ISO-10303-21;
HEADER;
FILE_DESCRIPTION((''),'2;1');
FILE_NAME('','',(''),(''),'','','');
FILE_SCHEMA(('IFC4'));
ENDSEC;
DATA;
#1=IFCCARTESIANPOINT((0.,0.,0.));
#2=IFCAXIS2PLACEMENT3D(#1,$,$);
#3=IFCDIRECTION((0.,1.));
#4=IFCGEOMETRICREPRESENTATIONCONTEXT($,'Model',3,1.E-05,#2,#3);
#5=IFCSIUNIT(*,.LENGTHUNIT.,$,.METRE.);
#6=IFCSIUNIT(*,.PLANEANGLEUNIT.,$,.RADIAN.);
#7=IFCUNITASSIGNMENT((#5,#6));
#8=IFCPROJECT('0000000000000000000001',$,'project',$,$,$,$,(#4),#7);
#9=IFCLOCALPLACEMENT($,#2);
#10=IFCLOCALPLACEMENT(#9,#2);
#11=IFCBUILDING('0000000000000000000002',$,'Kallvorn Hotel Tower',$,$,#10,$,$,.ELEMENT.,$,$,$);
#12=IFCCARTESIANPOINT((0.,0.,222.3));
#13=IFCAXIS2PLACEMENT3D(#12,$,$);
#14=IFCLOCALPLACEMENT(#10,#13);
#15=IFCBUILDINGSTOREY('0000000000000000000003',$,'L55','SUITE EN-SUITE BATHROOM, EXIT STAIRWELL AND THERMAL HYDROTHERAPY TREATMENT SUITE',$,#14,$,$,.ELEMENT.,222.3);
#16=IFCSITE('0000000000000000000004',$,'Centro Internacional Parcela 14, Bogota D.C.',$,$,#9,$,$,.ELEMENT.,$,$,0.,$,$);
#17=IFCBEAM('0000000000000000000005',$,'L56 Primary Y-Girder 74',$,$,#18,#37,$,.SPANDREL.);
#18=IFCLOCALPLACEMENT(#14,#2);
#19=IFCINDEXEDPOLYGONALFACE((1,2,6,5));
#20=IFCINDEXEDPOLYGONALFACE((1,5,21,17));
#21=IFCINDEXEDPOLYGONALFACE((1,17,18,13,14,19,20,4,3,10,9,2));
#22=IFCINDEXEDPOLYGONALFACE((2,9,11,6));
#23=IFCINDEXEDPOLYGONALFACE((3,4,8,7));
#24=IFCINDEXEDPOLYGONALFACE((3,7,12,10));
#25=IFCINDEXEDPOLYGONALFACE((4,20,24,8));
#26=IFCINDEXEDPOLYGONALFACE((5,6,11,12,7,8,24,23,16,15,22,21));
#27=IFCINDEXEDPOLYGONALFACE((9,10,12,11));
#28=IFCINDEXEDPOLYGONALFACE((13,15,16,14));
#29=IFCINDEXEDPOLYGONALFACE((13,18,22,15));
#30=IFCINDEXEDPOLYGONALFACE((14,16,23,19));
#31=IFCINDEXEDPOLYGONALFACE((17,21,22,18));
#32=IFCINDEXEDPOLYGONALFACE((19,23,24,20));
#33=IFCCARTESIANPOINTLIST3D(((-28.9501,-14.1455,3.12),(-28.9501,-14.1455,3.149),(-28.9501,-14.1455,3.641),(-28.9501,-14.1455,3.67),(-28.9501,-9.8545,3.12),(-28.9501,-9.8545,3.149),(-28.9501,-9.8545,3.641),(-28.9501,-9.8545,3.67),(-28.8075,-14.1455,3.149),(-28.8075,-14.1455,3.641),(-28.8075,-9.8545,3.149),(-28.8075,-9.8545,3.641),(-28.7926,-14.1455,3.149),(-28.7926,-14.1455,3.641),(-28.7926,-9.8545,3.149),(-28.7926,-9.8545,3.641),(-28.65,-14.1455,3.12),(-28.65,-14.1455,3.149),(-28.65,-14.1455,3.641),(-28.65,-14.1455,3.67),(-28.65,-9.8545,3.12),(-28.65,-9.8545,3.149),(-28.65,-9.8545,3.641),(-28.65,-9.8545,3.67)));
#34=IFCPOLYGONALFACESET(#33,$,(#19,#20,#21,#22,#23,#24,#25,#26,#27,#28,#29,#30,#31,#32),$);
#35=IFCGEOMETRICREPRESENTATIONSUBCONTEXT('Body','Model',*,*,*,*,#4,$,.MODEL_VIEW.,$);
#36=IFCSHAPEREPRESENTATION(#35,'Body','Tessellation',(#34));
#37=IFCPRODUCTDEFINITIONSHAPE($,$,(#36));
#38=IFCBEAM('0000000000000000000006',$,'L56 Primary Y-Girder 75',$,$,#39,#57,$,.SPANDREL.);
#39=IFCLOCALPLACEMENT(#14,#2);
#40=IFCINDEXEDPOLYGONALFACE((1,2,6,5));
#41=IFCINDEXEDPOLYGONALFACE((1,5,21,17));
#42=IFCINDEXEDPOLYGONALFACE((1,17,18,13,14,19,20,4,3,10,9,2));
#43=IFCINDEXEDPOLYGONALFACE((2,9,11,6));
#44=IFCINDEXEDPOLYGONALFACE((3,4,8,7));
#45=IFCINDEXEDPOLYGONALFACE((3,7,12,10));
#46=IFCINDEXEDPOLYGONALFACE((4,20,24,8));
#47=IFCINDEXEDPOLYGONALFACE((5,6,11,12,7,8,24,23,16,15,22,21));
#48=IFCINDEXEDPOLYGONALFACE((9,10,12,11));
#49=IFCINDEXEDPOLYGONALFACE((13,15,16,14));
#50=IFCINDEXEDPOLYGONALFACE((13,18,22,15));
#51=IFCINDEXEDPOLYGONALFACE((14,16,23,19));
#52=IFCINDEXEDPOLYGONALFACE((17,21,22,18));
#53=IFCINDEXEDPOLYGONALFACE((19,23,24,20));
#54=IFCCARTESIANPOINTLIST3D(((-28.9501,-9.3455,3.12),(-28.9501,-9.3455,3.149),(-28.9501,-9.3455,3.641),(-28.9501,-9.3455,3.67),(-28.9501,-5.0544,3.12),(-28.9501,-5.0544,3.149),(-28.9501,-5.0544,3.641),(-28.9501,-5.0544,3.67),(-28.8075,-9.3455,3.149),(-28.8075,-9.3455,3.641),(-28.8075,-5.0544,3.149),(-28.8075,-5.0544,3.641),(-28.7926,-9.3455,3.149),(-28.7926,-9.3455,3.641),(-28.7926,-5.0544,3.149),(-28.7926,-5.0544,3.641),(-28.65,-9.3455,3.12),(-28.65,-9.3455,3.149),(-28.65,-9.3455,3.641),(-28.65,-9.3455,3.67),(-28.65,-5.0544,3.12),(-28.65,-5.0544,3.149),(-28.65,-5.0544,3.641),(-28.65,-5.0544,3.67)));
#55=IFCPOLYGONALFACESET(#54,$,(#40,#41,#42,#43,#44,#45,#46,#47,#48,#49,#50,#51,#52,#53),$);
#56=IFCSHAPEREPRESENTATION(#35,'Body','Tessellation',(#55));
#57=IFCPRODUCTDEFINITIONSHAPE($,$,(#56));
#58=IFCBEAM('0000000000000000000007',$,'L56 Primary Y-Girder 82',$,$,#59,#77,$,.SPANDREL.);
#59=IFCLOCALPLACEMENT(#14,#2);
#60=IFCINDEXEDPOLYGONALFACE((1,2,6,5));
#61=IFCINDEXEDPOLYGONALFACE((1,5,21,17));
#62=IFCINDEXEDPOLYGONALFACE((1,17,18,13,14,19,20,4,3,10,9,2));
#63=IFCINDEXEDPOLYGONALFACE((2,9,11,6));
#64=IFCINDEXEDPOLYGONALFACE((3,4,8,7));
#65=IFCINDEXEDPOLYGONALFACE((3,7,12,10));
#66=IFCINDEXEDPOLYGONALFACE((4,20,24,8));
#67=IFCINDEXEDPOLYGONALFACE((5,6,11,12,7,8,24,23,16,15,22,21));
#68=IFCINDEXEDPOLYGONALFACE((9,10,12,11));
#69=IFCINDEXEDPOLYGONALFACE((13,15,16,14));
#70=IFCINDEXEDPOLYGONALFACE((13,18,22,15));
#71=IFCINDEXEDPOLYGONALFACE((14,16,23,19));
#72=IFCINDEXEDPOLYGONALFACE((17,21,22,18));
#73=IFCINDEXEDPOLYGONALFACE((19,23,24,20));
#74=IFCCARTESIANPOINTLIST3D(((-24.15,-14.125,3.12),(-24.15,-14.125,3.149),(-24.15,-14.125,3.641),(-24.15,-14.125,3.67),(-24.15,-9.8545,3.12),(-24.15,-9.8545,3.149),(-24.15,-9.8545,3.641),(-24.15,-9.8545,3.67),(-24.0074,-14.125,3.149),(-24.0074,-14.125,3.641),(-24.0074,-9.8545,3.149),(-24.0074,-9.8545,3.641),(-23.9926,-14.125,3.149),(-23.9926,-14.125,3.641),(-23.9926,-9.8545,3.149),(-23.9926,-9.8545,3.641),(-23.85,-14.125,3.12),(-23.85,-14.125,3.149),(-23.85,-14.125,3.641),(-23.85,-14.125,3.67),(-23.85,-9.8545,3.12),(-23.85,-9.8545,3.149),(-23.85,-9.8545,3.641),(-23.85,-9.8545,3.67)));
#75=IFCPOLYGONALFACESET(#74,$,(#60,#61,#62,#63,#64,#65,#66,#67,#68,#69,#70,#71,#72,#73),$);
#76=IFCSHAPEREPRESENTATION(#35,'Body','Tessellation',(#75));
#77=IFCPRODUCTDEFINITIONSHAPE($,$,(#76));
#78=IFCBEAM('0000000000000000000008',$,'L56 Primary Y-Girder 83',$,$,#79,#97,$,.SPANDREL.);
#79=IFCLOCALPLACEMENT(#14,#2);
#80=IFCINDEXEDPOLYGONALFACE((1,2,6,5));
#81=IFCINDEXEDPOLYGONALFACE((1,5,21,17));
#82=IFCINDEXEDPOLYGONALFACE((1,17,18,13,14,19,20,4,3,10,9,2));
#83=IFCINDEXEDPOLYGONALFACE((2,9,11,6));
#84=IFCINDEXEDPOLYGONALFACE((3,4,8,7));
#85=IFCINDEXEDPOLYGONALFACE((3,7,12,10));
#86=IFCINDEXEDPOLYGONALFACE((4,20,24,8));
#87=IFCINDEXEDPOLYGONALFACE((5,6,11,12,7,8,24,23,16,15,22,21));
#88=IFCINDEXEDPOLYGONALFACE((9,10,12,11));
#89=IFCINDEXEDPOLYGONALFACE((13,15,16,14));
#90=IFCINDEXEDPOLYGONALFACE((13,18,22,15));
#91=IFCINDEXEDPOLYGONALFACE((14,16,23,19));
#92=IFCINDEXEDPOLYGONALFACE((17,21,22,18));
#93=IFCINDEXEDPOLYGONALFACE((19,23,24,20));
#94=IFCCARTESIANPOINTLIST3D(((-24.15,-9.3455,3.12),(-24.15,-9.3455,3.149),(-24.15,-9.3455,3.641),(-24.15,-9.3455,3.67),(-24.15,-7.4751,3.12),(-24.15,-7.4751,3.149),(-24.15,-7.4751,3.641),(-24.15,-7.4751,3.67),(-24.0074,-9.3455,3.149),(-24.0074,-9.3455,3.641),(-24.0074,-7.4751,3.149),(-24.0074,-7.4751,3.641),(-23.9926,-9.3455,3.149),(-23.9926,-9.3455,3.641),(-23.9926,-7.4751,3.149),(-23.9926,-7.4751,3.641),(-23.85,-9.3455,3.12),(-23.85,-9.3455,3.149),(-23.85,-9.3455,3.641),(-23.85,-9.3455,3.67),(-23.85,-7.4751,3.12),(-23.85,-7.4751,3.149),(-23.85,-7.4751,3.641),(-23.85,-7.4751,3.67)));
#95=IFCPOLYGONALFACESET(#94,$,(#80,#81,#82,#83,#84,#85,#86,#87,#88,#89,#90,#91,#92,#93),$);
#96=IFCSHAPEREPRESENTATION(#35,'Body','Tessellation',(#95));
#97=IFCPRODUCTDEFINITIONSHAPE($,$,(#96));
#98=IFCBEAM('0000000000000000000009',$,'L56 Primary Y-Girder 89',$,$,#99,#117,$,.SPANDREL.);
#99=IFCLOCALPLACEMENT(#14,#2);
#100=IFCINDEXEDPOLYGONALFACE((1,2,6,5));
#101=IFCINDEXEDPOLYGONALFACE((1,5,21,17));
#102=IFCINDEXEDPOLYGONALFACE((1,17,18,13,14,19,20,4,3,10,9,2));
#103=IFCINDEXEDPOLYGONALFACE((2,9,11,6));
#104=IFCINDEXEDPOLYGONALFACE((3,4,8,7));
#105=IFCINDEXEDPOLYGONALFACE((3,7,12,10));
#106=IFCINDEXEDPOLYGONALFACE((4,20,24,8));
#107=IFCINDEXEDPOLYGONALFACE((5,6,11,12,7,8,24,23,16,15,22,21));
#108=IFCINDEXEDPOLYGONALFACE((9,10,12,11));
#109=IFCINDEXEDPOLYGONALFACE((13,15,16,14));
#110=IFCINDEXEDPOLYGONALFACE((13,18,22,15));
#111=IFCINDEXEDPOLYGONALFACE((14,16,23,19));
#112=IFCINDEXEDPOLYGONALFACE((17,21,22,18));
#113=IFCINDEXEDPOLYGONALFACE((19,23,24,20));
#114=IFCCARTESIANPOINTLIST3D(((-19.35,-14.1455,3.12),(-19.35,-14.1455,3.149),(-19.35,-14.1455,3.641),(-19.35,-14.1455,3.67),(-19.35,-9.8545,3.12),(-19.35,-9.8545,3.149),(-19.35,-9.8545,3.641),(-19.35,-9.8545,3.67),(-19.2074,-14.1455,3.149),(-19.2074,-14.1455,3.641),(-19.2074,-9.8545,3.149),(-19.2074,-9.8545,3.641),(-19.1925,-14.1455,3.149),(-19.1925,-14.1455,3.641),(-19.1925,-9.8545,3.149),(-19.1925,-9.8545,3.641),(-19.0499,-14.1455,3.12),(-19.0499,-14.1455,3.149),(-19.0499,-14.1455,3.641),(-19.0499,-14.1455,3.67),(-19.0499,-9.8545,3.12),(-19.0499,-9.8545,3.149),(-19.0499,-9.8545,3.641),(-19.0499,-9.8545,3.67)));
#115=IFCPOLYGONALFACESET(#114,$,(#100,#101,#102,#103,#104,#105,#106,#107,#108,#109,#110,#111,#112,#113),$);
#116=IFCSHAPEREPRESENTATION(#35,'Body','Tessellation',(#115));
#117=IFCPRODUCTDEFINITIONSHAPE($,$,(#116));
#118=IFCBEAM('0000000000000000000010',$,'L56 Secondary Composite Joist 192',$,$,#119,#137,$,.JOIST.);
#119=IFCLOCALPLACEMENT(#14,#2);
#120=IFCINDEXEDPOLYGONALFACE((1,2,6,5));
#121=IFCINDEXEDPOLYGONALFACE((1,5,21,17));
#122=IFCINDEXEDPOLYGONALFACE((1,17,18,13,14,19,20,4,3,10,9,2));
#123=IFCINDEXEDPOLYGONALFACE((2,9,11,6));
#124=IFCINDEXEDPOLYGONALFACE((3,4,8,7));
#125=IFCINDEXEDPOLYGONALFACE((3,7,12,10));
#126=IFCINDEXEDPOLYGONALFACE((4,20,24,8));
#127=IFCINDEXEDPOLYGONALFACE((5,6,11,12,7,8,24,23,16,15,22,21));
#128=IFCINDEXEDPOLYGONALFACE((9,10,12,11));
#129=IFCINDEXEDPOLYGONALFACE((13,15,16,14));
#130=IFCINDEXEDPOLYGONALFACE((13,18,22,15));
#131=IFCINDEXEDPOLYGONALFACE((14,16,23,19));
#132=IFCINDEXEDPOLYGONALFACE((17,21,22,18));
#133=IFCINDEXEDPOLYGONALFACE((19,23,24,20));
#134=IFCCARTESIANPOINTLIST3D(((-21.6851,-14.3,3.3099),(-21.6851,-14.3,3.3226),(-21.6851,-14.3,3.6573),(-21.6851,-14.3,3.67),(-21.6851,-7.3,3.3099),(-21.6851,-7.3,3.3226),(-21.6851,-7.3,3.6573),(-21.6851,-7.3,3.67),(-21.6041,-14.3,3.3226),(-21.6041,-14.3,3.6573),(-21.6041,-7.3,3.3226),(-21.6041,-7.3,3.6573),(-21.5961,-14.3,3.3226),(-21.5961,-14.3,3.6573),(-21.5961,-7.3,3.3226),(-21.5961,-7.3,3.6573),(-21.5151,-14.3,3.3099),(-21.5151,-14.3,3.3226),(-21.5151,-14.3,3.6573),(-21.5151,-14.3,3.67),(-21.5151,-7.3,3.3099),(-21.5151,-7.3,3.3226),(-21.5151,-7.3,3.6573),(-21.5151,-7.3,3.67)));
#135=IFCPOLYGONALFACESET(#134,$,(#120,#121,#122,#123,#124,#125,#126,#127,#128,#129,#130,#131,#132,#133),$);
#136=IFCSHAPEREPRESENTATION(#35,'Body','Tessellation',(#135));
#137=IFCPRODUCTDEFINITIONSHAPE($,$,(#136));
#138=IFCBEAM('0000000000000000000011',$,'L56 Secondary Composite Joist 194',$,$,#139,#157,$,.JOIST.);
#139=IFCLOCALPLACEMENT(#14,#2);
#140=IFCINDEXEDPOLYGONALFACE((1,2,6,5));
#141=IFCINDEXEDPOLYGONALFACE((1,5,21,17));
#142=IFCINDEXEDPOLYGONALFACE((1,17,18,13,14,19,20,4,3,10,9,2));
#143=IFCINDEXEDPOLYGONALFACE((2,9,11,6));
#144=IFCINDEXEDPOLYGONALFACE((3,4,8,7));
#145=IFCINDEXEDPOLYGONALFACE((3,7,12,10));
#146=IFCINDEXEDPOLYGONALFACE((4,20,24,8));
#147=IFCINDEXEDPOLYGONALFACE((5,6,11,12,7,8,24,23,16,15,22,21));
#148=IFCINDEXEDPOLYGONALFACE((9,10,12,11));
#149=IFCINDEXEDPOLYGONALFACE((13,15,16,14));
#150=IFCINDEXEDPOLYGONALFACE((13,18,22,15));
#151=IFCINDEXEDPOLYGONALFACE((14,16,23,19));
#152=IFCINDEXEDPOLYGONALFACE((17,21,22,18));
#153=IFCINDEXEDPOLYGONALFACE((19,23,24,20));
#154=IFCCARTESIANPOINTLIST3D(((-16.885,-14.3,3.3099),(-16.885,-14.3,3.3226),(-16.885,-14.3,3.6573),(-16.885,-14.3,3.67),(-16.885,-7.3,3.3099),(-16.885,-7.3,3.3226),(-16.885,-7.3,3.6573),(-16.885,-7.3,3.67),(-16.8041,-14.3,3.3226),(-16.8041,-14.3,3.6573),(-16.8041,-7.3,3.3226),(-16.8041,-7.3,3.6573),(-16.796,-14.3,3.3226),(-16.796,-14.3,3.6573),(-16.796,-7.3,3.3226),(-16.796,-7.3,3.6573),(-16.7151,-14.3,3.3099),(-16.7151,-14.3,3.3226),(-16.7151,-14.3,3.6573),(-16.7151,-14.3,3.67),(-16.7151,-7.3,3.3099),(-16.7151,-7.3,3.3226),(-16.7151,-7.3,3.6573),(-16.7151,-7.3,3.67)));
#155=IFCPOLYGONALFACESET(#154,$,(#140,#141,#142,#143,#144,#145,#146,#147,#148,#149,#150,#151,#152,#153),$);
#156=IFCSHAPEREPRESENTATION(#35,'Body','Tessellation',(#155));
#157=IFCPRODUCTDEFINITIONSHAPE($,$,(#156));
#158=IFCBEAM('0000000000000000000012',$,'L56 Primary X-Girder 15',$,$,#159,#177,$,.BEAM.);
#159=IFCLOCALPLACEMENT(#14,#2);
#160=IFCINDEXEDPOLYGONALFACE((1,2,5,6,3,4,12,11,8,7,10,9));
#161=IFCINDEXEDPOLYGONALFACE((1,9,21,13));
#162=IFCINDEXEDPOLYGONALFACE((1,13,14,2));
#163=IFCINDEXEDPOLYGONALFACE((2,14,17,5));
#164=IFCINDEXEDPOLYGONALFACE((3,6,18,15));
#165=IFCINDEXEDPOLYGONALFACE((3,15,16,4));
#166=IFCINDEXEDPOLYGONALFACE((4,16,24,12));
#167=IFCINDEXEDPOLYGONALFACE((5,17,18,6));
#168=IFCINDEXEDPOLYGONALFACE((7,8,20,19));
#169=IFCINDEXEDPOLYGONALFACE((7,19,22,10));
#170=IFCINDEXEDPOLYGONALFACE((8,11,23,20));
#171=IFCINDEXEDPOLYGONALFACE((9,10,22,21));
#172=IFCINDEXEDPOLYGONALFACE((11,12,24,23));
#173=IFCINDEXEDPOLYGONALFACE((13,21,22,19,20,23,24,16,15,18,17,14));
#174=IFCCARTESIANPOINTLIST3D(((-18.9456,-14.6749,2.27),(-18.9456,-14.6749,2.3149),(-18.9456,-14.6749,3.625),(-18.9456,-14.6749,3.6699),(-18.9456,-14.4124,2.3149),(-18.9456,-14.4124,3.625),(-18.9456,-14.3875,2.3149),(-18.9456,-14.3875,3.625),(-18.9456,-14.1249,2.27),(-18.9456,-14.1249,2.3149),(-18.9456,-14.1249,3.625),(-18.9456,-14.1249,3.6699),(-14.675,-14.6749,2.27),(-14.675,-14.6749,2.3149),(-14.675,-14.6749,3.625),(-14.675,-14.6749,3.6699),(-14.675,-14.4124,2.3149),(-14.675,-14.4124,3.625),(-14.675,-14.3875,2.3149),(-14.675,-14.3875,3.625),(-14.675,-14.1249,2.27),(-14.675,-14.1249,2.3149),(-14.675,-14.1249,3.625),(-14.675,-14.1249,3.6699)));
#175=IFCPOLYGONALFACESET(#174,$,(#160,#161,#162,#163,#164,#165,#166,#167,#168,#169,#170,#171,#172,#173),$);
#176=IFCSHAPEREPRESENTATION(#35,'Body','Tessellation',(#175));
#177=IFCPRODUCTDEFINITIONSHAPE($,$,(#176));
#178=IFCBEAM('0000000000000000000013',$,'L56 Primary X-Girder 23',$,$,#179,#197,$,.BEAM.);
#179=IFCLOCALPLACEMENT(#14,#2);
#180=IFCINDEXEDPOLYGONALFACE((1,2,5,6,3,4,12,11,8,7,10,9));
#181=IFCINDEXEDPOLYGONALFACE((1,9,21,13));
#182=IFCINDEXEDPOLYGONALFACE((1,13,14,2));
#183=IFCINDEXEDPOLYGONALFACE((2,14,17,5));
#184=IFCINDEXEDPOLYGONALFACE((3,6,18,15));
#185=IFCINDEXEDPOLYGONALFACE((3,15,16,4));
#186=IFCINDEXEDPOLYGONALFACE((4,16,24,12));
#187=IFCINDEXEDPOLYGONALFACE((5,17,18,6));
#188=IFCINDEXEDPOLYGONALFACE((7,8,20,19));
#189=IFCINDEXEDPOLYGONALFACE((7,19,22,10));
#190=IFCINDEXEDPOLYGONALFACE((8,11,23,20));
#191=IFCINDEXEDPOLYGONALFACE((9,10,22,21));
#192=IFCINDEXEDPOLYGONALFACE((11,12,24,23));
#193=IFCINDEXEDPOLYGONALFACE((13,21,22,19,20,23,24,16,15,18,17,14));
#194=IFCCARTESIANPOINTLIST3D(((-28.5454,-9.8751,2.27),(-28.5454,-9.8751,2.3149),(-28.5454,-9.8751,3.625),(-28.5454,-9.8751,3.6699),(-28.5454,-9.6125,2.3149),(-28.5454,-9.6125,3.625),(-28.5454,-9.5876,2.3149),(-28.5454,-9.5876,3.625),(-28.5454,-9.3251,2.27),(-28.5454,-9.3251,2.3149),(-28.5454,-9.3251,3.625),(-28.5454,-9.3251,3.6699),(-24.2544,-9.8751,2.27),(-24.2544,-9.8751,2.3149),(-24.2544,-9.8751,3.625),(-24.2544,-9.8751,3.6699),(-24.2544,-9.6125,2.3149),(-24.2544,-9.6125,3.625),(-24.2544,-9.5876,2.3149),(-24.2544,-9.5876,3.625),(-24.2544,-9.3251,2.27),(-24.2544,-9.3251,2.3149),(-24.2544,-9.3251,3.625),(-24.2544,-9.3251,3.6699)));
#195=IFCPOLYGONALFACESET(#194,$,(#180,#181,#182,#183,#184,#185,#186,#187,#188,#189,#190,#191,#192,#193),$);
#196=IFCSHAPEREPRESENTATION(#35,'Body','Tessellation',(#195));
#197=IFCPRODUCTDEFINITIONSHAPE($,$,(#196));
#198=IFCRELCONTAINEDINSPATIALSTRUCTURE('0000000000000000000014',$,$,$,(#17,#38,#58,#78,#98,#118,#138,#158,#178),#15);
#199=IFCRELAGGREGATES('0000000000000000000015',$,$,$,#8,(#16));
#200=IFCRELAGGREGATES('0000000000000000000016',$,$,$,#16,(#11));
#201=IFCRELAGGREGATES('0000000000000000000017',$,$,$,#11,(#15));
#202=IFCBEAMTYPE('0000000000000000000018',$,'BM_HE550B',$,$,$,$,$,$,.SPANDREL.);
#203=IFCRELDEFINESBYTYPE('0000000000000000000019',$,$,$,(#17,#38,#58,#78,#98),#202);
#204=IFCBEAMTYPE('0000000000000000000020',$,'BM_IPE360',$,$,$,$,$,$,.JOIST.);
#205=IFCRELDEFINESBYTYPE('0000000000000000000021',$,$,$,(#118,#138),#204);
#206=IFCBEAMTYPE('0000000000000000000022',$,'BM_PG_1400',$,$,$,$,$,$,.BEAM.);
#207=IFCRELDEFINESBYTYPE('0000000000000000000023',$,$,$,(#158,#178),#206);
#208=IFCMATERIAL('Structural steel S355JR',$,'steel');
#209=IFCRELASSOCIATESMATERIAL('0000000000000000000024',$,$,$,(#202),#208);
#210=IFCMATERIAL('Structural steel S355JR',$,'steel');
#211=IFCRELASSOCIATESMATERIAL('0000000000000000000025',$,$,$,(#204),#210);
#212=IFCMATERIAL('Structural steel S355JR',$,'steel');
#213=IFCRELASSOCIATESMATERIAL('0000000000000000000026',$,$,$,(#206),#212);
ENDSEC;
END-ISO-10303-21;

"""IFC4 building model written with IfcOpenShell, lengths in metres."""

from ifc_helpers import new_model, si_unit, direction, frame, origin, origin_2d, place, context, subcontext, project, spatial, i_section, extrude, material, material_profile, profile_set, type_object, element, save


model = new_model("IFC4")

# Units and contexts
model_context = context("Model", 3, precision=1e-05, world=origin(), true_north=direction((0.0, 1.0)))
body_context = subcontext(model_context, "Body", "Model", "MODEL_VIEW")
ifc_project = project(units=[si_unit("LENGTHUNIT", "METRE"), si_unit("PLANEANGLEUNIT", "RADIAN")], contexts=[model_context])

# Site, building, storey
site_placement = place(None, origin())
site = spatial("IfcSite", under=ifc_project, at=site_placement, Name="Centro Internacional Parcela 14, Bogota D.C.", CompositionType="ELEMENT", RefElevation=0.0)
building_placement = place(site_placement, origin())
building = spatial("IfcBuilding", under=site, at=building_placement, Name="Kallvorn Hotel Tower", CompositionType="ELEMENT")
storey_placement = place(building_placement, frame((0.0, 0.0, 222.3)))
storey = spatial("IfcBuildingStorey", under=building, at=storey_placement, Name="L55", Description="SUITE EN-SUITE BATHROOM, EXIT STAIRWELL AND THERMAL HYDROTHERAPY TREATMENT SUITE", CompositionType="ELEMENT", Elevation=222.3)

# Beams
ifc_material_1 = material(Name="Structural steel S355JR", Category="steel")
ifc_material_profile_1 = material_profile(ifc_material_1, i_section(OverallWidth=0.3, OverallDepth=0.55, WebThickness=0.0149, FlangeThickness=0.0291, at=origin_2d()), Name="HE 550 B")
ifc_profile_set_1 = profile_set([ifc_material_profile_1], Name="Structural steel S355JR")
beam_type_1 = type_object("IfcBeamType", Name="BM_HE550B", PredefinedType="SPANDREL", material=ifc_profile_set_1)
for number, where, z_axis, x_axis, name in (
    (1, (-28.8, -14.1455, 3.395), (0.0, 1.0, 0.0), (-1.0, 0.0, 0.0), "L56 Primary Y-Girder 74"),
    (2, (-28.8, -9.3455, 3.395), (0.0, 1.0, 0.0), (-1.0, 0.0, 0.0), "L56 Primary Y-Girder 75"),
):
    element("IfcBeam", number, at=place(storey_placement, frame(where, z_axis=z_axis, x_axis=x_axis)), inside=storey, type_object=beam_type_1, Name=name, PredefinedType="SPANDREL", context=body_context, shape_type="SweptSolid", body=[
        extrude(i_section(OverallWidth=0.3, OverallDepth=0.55, WebThickness=0.0149, FlangeThickness=0.0291, at=origin_2d()), origin(), (0.0, 0.0, 1.0), 4.291),
    ])
beam_1_placement = place(storey_placement, frame((-24.0, -14.125, 3.395), z_axis=(0.0, 1.0, 0.0), x_axis=(-1.0, 0.0, 0.0)))
element("IfcBeam", 3, at=beam_1_placement, inside=storey, type_object=beam_type_1, Name="L56 Primary Y-Girder 82", PredefinedType="SPANDREL", context=body_context, shape_type="SweptSolid", body=[
    extrude(i_section(OverallWidth=0.3, OverallDepth=0.55, WebThickness=0.0149, FlangeThickness=0.0291, at=origin_2d()), origin(), (0.0, 0.0, 1.0), 4.2705),
])
beam_2_placement = place(storey_placement, frame((-24.0, -9.3455, 3.395), z_axis=(0.0, 1.0, 0.0), x_axis=(-1.0, 0.0, 0.0)))
element("IfcBeam", 4, at=beam_2_placement, inside=storey, type_object=beam_type_1, Name="L56 Primary Y-Girder 83", PredefinedType="SPANDREL", context=body_context, shape_type="SweptSolid", body=[
    extrude(i_section(OverallWidth=0.3, OverallDepth=0.55, WebThickness=0.0149, FlangeThickness=0.0291, at=origin_2d()), origin(), (0.0, 0.0, 1.0), 1.8704),
])
beam_3_placement = place(storey_placement, frame((-19.2, -14.1455, 3.395), z_axis=(0.0, 1.0, 0.0), x_axis=(-1.0, 0.0, 0.0)))
element("IfcBeam", 5, at=beam_3_placement, inside=storey, type_object=beam_type_1, Name="L56 Primary Y-Girder 89", PredefinedType="SPANDREL", context=body_context, shape_type="SweptSolid", body=[
    extrude(i_section(OverallWidth=0.3, OverallDepth=0.55, WebThickness=0.0149, FlangeThickness=0.0291, at=origin_2d()), origin(), (0.0, 0.0, 1.0), 4.291),
])
ifc_material_2 = material(Name="Structural steel S355JR", Category="steel")
ifc_material_profile_2 = material_profile(ifc_material_2, i_section(OverallWidth=0.1699, OverallDepth=0.3601, WebThickness=0.0081, FlangeThickness=0.0127, at=origin_2d()), Name="IPE 360")
ifc_profile_set_2 = profile_set([ifc_material_profile_2], Name="Structural steel S355JR")
beam_type_2 = type_object("IfcBeamType", Name="BM_IPE360", PredefinedType="JOIST", material=ifc_profile_set_2)
for number, where, z_axis, x_axis, name in (
    (6, (-21.6001, -14.3, 3.49), (0.0, 1.0, 0.0), (-1.0, 0.0, 0.0), "L56 Secondary Composite Joist 192"),
    (7, (-16.8, -14.3, 3.49), (0.0, 1.0, 0.0), (-1.0, 0.0, 0.0), "L56 Secondary Composite Joist 194"),
):
    element("IfcBeam", number, at=place(storey_placement, frame(where, z_axis=z_axis, x_axis=x_axis)), inside=storey, type_object=beam_type_2, Name=name, PredefinedType="JOIST", context=body_context, shape_type="SweptSolid", body=[
        extrude(i_section(OverallWidth=0.1699, OverallDepth=0.3601, WebThickness=0.0081, FlangeThickness=0.0127, at=origin_2d()), origin(), (0.0, 0.0, 1.0), 7.0),
    ])
ifc_material_3 = material(Name="Structural steel S355JR", Category="steel")
ifc_material_profile_3 = material_profile(ifc_material_3, i_section(OverallWidth=0.55, OverallDepth=1.3999, WebThickness=0.0249, FlangeThickness=0.0449, at=origin_2d()), Name="PG 1400x550x25x45")
ifc_profile_set_3 = profile_set([ifc_material_profile_3], Name="Structural steel S355JR")
beam_type_3 = type_object("IfcBeamType", Name="BM_PG_1400", PredefinedType="BEAM", material=ifc_profile_set_3)
beam_4_placement = place(storey_placement, frame((-18.9456, -14.3999, 2.97), z_axis=(1.0, 0.0, 0.0), x_axis=(0.0, 1.0, 0.0)))
element("IfcBeam", 8, at=beam_4_placement, inside=storey, type_object=beam_type_3, Name="L56 Primary X-Girder 15", PredefinedType="BEAM", context=body_context, shape_type="SweptSolid", body=[
    extrude(i_section(OverallWidth=0.55, OverallDepth=1.3999, WebThickness=0.0249, FlangeThickness=0.0449, at=origin_2d()), origin(), (0.0, 0.0, 1.0), 4.2705),
])
for number, where, z_axis, x_axis, name in (
    (9, (-28.5454, -9.6001, 2.97), (1.0, 0.0, 0.0), (0.0, 1.0, 0.0), "L56 Primary X-Girder 23"),
):
    element("IfcBeam", number, at=place(storey_placement, frame(where, z_axis=z_axis, x_axis=x_axis)), inside=storey, type_object=beam_type_3, Name=name, PredefinedType="BEAM", context=body_context, shape_type="SweptSolid", body=[
        extrude(i_section(OverallWidth=0.55, OverallDepth=1.3999, WebThickness=0.0249, FlangeThickness=0.0449, at=origin_2d()), origin(), (0.0, 0.0, 1.0), 4.291),
    ])

save(model, "model.ifc")
